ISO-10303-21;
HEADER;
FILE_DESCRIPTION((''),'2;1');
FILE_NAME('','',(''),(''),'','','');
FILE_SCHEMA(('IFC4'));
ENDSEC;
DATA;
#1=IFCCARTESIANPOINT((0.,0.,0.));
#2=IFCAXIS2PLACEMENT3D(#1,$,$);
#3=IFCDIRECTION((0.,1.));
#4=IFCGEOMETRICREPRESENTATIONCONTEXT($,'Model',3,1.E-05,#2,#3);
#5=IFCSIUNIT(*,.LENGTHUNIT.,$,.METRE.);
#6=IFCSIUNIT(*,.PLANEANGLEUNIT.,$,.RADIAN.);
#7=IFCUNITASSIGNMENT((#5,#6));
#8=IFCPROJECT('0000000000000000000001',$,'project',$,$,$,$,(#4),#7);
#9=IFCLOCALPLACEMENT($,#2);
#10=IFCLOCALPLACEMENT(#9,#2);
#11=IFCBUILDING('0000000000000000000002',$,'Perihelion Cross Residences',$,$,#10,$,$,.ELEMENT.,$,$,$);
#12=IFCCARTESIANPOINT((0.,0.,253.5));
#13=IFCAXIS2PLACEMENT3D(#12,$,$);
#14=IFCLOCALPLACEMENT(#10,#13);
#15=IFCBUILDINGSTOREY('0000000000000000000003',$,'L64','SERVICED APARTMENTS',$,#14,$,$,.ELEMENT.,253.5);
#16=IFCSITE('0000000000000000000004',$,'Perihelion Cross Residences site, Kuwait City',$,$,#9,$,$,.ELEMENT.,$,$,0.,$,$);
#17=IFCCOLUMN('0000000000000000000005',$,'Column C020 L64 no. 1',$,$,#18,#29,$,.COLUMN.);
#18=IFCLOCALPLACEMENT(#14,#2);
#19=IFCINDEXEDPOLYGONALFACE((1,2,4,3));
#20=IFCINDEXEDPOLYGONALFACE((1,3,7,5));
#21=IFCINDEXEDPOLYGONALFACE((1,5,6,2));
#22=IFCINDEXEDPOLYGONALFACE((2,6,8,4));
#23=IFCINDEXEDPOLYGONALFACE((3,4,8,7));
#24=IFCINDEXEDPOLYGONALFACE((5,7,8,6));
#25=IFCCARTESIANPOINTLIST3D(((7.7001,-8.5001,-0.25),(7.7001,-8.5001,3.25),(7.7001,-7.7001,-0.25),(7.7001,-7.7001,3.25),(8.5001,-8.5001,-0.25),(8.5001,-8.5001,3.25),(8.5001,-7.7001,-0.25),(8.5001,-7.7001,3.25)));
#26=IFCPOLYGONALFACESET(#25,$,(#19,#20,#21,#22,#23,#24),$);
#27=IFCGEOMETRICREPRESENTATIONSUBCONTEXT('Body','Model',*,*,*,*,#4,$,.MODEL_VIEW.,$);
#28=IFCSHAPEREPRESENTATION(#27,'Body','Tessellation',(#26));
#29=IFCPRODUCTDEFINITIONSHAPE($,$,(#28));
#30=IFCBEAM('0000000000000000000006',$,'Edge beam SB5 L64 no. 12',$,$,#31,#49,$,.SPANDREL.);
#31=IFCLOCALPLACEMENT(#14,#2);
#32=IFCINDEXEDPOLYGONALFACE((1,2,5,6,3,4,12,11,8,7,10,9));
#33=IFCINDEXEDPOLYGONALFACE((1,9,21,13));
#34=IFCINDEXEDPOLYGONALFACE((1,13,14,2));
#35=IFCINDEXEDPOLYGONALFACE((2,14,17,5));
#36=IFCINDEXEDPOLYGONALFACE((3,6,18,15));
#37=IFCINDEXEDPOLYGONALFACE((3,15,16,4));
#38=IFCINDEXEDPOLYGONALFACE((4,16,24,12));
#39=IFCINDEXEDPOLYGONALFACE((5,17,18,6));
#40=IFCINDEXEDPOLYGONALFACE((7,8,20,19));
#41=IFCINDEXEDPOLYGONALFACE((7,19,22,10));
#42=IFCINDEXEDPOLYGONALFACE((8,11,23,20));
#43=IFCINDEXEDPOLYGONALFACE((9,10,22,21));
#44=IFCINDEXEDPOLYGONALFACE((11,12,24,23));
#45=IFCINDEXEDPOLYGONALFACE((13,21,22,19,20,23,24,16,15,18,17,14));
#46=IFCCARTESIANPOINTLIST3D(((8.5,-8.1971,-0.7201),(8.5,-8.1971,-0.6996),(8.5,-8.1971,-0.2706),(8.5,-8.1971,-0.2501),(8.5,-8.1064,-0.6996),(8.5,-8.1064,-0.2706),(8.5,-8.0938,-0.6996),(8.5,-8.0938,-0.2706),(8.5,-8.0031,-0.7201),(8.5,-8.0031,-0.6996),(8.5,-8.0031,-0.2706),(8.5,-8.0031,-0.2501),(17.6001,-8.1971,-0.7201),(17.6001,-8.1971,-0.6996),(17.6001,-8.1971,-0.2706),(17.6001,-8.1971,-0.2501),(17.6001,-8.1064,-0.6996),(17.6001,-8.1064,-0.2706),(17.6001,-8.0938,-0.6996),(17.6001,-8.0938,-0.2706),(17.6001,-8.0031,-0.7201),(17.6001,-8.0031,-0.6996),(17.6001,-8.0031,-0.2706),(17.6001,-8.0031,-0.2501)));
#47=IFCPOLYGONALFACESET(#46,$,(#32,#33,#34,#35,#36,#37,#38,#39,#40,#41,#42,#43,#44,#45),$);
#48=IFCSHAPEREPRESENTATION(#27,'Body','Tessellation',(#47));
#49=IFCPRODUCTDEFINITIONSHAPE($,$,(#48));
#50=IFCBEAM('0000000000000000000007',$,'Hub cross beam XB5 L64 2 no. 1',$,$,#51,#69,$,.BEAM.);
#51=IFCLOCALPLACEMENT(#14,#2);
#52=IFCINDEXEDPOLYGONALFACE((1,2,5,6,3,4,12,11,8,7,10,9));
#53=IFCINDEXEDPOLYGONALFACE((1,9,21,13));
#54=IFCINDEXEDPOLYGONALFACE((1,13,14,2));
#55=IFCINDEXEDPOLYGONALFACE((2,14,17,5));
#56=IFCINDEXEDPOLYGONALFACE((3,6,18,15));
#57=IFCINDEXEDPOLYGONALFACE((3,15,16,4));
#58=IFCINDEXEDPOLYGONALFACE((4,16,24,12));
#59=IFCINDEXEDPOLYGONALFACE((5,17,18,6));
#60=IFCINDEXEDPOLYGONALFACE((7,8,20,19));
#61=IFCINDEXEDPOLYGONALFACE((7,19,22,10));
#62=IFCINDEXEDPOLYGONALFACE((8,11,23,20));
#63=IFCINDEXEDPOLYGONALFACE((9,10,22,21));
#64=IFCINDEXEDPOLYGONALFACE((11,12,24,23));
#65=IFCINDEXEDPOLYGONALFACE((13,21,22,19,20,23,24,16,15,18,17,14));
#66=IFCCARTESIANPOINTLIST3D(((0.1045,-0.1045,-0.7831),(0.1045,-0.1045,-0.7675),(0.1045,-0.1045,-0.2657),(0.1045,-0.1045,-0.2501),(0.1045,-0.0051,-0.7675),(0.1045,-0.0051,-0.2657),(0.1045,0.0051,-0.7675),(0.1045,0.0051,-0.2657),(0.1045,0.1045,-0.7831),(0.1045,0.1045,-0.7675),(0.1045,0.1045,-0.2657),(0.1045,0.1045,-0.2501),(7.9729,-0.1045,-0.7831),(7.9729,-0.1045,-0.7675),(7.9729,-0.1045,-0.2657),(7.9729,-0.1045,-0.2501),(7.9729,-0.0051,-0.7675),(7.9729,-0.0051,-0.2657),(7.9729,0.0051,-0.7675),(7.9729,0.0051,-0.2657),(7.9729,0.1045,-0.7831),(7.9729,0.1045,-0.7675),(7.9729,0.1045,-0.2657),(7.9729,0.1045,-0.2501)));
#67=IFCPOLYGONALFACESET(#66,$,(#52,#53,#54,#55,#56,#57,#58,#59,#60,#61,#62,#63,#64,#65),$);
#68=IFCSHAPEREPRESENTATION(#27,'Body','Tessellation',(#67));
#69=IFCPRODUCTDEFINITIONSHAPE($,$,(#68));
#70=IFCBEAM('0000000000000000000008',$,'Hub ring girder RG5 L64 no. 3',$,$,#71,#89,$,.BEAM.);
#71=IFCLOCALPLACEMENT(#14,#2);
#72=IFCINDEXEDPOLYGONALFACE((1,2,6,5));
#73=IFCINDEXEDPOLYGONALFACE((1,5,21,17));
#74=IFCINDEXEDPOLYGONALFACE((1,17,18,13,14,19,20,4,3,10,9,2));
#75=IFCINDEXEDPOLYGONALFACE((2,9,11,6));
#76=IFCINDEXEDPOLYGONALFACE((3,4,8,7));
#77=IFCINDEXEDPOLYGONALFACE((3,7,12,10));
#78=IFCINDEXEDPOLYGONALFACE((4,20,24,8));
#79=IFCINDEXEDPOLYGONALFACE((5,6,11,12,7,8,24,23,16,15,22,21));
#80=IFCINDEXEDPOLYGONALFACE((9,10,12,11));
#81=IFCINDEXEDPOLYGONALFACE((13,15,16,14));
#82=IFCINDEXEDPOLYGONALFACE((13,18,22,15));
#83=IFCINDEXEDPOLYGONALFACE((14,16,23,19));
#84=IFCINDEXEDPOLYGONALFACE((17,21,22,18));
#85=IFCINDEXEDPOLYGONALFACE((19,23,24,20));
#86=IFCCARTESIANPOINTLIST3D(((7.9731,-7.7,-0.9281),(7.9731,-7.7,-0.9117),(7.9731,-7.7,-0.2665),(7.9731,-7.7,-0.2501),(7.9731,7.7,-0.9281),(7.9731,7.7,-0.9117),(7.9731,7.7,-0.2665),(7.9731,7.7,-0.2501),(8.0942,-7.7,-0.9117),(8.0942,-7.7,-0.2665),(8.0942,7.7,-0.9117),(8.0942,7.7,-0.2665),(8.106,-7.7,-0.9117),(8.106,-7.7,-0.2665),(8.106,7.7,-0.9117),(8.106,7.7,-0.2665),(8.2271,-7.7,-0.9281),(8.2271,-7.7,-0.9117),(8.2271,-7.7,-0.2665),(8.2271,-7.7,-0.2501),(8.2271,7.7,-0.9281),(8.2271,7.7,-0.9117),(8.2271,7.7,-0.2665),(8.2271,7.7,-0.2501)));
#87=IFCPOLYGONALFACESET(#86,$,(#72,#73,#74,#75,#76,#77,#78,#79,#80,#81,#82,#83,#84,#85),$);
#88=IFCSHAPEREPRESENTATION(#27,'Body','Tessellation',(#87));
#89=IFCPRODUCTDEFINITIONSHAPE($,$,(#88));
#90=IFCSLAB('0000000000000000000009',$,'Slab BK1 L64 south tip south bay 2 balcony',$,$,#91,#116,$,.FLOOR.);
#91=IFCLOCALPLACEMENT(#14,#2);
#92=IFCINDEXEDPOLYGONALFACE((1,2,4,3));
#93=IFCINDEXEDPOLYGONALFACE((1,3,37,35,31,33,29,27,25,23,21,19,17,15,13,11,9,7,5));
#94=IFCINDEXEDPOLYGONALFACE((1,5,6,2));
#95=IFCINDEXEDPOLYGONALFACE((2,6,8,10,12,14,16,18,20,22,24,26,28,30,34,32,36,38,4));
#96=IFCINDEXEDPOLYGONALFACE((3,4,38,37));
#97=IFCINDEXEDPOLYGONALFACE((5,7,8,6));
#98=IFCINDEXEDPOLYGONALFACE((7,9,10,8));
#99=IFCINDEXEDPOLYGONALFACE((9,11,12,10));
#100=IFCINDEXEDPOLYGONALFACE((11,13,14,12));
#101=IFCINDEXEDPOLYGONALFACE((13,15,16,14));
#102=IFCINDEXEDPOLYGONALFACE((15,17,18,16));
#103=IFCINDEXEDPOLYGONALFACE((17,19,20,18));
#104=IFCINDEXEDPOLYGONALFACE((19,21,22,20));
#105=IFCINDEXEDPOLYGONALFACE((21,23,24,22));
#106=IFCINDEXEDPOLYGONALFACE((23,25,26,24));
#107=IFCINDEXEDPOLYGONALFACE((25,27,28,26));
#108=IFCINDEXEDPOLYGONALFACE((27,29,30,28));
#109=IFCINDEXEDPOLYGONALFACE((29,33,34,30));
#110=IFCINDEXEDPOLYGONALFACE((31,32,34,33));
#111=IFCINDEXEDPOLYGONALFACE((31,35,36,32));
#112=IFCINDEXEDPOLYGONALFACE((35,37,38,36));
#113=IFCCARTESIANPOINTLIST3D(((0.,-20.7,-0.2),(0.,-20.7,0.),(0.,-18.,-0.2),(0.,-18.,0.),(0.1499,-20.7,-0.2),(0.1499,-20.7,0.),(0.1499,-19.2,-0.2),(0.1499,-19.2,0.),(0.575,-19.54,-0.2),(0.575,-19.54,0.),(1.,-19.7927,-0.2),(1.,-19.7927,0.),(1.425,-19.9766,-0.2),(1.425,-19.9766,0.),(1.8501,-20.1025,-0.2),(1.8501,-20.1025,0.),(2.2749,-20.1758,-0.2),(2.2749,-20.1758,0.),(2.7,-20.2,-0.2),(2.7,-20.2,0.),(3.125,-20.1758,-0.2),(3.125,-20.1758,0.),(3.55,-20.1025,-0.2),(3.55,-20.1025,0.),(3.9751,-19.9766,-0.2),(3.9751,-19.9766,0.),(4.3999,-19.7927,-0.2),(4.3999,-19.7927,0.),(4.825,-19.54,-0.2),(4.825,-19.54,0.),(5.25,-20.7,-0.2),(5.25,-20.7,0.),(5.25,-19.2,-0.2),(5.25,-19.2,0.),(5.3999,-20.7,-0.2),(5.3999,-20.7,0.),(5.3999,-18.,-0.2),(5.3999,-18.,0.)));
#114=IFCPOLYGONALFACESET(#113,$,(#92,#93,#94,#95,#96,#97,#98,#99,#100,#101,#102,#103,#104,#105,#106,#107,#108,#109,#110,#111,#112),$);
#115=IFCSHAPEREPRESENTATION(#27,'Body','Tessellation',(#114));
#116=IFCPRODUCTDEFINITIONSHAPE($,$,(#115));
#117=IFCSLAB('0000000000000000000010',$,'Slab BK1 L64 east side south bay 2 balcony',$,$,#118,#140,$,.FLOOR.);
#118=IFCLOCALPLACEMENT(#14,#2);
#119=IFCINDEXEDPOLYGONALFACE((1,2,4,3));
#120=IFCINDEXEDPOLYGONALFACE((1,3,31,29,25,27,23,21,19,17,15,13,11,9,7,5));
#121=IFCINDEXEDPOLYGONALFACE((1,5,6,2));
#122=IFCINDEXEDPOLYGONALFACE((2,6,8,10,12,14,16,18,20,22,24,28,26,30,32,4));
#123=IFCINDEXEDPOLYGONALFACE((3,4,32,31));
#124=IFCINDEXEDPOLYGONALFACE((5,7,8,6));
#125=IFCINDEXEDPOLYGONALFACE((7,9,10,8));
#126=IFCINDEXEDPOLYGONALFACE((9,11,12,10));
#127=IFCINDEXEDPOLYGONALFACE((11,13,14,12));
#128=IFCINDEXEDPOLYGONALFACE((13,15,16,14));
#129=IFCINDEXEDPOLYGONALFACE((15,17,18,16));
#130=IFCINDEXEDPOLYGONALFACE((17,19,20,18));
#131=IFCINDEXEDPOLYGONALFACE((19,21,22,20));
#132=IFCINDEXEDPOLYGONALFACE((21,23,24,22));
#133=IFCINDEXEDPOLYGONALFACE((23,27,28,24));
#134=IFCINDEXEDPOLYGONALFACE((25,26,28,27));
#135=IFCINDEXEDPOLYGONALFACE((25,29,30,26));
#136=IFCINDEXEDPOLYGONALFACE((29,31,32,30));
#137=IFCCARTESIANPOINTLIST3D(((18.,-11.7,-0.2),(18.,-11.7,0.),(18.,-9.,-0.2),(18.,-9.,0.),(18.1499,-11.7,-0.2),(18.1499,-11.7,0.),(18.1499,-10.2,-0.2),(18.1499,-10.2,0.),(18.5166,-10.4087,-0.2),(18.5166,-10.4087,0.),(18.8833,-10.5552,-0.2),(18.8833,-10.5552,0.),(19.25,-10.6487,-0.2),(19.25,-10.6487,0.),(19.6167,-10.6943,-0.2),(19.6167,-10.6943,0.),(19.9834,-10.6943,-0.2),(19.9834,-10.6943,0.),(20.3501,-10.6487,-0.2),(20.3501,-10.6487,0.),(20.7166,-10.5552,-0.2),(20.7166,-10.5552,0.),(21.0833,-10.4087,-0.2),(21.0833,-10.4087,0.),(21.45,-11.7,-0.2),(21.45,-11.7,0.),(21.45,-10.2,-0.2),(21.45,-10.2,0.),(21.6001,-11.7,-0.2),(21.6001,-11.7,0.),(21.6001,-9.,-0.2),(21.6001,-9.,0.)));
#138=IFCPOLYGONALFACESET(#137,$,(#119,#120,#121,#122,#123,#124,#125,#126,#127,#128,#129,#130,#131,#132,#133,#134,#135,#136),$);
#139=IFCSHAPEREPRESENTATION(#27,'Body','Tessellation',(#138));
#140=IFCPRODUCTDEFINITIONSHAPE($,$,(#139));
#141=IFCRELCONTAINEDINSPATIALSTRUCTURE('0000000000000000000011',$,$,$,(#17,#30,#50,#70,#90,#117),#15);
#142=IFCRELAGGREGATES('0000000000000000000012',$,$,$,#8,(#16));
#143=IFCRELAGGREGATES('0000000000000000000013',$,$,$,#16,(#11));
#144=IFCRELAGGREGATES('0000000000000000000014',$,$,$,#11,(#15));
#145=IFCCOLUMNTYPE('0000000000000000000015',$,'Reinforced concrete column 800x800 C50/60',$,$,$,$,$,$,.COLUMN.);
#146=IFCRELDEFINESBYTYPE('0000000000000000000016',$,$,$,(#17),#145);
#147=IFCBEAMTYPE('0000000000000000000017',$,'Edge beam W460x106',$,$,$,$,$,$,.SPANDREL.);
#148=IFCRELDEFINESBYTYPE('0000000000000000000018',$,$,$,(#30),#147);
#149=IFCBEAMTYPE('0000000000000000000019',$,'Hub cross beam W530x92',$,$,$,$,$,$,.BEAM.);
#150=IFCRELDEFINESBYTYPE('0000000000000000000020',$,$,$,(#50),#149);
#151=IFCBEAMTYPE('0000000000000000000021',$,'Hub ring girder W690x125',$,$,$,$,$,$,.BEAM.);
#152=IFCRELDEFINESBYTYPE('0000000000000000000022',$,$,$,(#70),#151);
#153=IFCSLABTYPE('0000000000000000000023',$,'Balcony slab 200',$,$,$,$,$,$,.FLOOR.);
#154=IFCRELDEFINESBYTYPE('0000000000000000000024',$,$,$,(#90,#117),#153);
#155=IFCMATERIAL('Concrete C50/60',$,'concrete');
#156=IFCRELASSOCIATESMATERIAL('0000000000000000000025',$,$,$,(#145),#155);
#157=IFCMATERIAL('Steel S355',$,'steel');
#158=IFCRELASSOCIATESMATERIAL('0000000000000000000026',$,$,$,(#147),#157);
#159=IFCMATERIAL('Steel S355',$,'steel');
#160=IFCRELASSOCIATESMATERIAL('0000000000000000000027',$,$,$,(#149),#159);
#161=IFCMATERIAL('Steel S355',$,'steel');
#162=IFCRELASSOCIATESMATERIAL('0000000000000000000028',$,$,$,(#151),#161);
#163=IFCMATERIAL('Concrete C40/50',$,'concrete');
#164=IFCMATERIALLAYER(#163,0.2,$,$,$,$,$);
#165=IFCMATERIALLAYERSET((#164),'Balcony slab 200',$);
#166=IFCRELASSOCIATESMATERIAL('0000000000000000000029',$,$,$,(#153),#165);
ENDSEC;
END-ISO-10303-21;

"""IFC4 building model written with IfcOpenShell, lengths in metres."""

from ifc_helpers import new_model, si_unit, direction, frame, origin, origin_2d, place, context, subcontext, project, spatial, polyline, rectangle, i_section, outline, extrude, material, layer, layer_set, material_profile, profile_set, type_object, element, save


model = new_model("IFC4")

# Units and contexts
model_context = context("Model", 3, precision=1e-05, world=origin(), true_north=direction((0.0, 1.0)))
body_context = subcontext(model_context, "Body", "Model", "MODEL_VIEW")
ifc_project = project(units=[si_unit("LENGTHUNIT", "METRE"), si_unit("PLANEANGLEUNIT", "RADIAN")], contexts=[model_context])

# Site, building, storey
site_placement = place(None, origin())
site = spatial("IfcSite", under=ifc_project, at=site_placement, Name="Perihelion Cross Residences site, Kuwait City", CompositionType="ELEMENT", RefElevation=0.0)
building_placement = place(site_placement, origin())
building = spatial("IfcBuilding", under=site, at=building_placement, Name="Perihelion Cross Residences", CompositionType="ELEMENT")
storey_placement = place(building_placement, frame((0.0, 0.0, 253.5)))
storey = spatial("IfcBuildingStorey", under=building, at=storey_placement, Name="L64", Description="SERVICED APARTMENTS", CompositionType="ELEMENT", Elevation=253.5)

# Column
ifc_material_1 = material(Name="Concrete C50/60", Category="concrete")
ifc_material_profile_1 = material_profile(ifc_material_1, rectangle(XDim=0.8, YDim=0.8, at=origin_2d()), Name="RC 800x800")
ifc_profile_set_1 = profile_set([ifc_material_profile_1], Name="Concrete C50/60")
column_type = type_object("IfcColumnType", Name="Reinforced concrete column 800x800 C50/60", PredefinedType="COLUMN", material=ifc_profile_set_1)
column_placement = place(storey_placement, frame((8.1001, -8.1001, -0.25), z_axis=(0.0, 0.0, 1.0), x_axis=(1.0, 0.0, 0.0)))
element("IfcColumn", 1, at=column_placement, inside=storey, type_object=column_type, Name="Column C020 L64 no. 1", PredefinedType="COLUMN", context=body_context, shape_type="SweptSolid", body=[
    extrude(rectangle(XDim=0.8, YDim=0.8, at=origin_2d()), origin(), (0.0, 0.0, 1.0), 3.5),
])

# Beams
ifc_material_2 = material(Name="Steel S355", Category="steel")
ifc_material_profile_2 = material_profile(ifc_material_2, i_section(OverallWidth=0.1941, OverallDepth=0.47, WebThickness=0.0127, FlangeThickness=0.0205, at=origin_2d()), Name="W460x106")
ifc_profile_set_2 = profile_set([ifc_material_profile_2], Name="Steel S355")
beam_type_1 = type_object("IfcBeamType", Name="Edge beam W460x106", PredefinedType="SPANDREL", material=ifc_profile_set_2)
beam_1_placement = place(storey_placement, frame((8.5, -8.1001, -0.4851), z_axis=(1.0, 0.0, 0.0), x_axis=(0.0, 1.0, 0.0)))
element("IfcBeam", 2, at=beam_1_placement, inside=storey, type_object=beam_type_1, Name="Edge beam SB5 L64 no. 12", PredefinedType="SPANDREL", context=body_context, shape_type="SweptSolid", body=[
    extrude(i_section(OverallWidth=0.1941, OverallDepth=0.47, WebThickness=0.0127, FlangeThickness=0.0205, at=origin_2d()), origin(), (0.0, 0.0, 1.0), 9.1001),
])
ifc_material_3 = material(Name="Steel S355", Category="steel")
ifc_material_profile_3 = material_profile(ifc_material_3, i_section(OverallWidth=0.209, OverallDepth=0.533, WebThickness=0.0103, FlangeThickness=0.0156, at=origin_2d()), Name="W530x92")
ifc_profile_set_3 = profile_set([ifc_material_profile_3], Name="Steel S355")
beam_type_2 = type_object("IfcBeamType", Name="Hub cross beam W530x92", PredefinedType="BEAM", material=ifc_profile_set_3)
beam_2_placement = place(storey_placement, frame((0.1045, 0.0, -0.5166), z_axis=(1.0, 0.0, 0.0), x_axis=(0.0, 1.0, 0.0)))
element("IfcBeam", 3, at=beam_2_placement, inside=storey, type_object=beam_type_2, Name="Hub cross beam XB5 L64 2 no. 1", PredefinedType="BEAM", context=body_context, shape_type="SweptSolid", body=[
    extrude(i_section(OverallWidth=0.209, OverallDepth=0.533, WebThickness=0.0103, FlangeThickness=0.0156, at=origin_2d()), origin(), (0.0, 0.0, 1.0), 7.8684),
])
ifc_material_4 = material(Name="Steel S355", Category="steel")
ifc_material_profile_4 = material_profile(ifc_material_4, i_section(OverallWidth=0.2539, OverallDepth=0.678, WebThickness=0.0117, FlangeThickness=0.0164, at=origin_2d()), Name="W690x125")
ifc_profile_set_4 = profile_set([ifc_material_profile_4], Name="Steel S355")
beam_type_3 = type_object("IfcBeamType", Name="Hub ring girder W690x125", PredefinedType="BEAM", material=ifc_profile_set_4)
beam_3_placement = place(storey_placement, frame((8.1001, -7.7, -0.5891), z_axis=(0.0, 1.0, 0.0), x_axis=(-1.0, 0.0, 0.0)))
element("IfcBeam", 4, at=beam_3_placement, inside=storey, type_object=beam_type_3, Name="Hub ring girder RG5 L64 no. 3", PredefinedType="BEAM", context=body_context, shape_type="SweptSolid", body=[
    extrude(i_section(OverallWidth=0.2539, OverallDepth=0.678, WebThickness=0.0117, FlangeThickness=0.0164, at=origin_2d()), origin(), (0.0, 0.0, 1.0), 15.3999),
])

# Slabs
ifc_material_5 = material(Name="Concrete C40/50", Category="concrete")
ifc_layer_1 = layer(ifc_material_5, 0.2)
ifc_layer_set_1 = layer_set([ifc_layer_1], Name="Balcony slab 200")
slab_type_1 = type_object("IfcSlabType", Name="Balcony slab 200", PredefinedType="FLOOR", material=ifc_layer_set_1)
slab_1_placement = place(storey_placement, frame((0.0, 0.0, -0.2)))
element("IfcSlab", 5, at=slab_1_placement, inside=storey, type_object=slab_type_1, Name="Slab BK1 L64 south tip south bay 2 balcony", PredefinedType="FLOOR", context=body_context, shape_type="SweptSolid", body=[
    extrude(outline(polyline([(0.0, -18.0), (5.3999, -18.0), (5.3999, -20.7), (5.25, -20.7), (5.25, -19.2), (4.825, -19.54), (4.3999, -19.7927), (3.9751, -19.9766), (3.55, -20.1025), (3.125, -20.1758), (2.7, -20.2), (2.2749, -20.1758), (1.8501, -20.1025), (1.425, -19.9766), (1.0, -19.7927), (0.575, -19.54), (0.1499, -19.2), (0.1499, -20.7), (0.0, -20.7), (0.0, -18.0)])), origin(), (0.0, 0.0, 1.0), 0.2),
])
slab_2_placement = place(storey_placement, frame((0.0, 0.0, -0.2)))
element("IfcSlab", 6, at=slab_2_placement, inside=storey, type_object=slab_type_1, Name="Slab BK1 L64 east side south bay 2 balcony", PredefinedType="FLOOR", context=body_context, shape_type="SweptSolid", body=[
    extrude(outline(polyline([(18.0, -9.0), (21.6001, -9.0), (21.6001, -11.7), (21.45, -11.7), (21.45, -10.2), (21.0833, -10.4087), (20.7166, -10.5552), (20.3501, -10.6487), (19.9834, -10.6943), (19.6167, -10.6943), (19.25, -10.6487), (18.8833, -10.5552), (18.5166, -10.4087), (18.1499, -10.2), (18.1499, -11.7), (18.0, -11.7), (18.0, -9.0)])), origin(), (0.0, 0.0, 1.0), 0.2),
])

save(model, "model.ifc")
